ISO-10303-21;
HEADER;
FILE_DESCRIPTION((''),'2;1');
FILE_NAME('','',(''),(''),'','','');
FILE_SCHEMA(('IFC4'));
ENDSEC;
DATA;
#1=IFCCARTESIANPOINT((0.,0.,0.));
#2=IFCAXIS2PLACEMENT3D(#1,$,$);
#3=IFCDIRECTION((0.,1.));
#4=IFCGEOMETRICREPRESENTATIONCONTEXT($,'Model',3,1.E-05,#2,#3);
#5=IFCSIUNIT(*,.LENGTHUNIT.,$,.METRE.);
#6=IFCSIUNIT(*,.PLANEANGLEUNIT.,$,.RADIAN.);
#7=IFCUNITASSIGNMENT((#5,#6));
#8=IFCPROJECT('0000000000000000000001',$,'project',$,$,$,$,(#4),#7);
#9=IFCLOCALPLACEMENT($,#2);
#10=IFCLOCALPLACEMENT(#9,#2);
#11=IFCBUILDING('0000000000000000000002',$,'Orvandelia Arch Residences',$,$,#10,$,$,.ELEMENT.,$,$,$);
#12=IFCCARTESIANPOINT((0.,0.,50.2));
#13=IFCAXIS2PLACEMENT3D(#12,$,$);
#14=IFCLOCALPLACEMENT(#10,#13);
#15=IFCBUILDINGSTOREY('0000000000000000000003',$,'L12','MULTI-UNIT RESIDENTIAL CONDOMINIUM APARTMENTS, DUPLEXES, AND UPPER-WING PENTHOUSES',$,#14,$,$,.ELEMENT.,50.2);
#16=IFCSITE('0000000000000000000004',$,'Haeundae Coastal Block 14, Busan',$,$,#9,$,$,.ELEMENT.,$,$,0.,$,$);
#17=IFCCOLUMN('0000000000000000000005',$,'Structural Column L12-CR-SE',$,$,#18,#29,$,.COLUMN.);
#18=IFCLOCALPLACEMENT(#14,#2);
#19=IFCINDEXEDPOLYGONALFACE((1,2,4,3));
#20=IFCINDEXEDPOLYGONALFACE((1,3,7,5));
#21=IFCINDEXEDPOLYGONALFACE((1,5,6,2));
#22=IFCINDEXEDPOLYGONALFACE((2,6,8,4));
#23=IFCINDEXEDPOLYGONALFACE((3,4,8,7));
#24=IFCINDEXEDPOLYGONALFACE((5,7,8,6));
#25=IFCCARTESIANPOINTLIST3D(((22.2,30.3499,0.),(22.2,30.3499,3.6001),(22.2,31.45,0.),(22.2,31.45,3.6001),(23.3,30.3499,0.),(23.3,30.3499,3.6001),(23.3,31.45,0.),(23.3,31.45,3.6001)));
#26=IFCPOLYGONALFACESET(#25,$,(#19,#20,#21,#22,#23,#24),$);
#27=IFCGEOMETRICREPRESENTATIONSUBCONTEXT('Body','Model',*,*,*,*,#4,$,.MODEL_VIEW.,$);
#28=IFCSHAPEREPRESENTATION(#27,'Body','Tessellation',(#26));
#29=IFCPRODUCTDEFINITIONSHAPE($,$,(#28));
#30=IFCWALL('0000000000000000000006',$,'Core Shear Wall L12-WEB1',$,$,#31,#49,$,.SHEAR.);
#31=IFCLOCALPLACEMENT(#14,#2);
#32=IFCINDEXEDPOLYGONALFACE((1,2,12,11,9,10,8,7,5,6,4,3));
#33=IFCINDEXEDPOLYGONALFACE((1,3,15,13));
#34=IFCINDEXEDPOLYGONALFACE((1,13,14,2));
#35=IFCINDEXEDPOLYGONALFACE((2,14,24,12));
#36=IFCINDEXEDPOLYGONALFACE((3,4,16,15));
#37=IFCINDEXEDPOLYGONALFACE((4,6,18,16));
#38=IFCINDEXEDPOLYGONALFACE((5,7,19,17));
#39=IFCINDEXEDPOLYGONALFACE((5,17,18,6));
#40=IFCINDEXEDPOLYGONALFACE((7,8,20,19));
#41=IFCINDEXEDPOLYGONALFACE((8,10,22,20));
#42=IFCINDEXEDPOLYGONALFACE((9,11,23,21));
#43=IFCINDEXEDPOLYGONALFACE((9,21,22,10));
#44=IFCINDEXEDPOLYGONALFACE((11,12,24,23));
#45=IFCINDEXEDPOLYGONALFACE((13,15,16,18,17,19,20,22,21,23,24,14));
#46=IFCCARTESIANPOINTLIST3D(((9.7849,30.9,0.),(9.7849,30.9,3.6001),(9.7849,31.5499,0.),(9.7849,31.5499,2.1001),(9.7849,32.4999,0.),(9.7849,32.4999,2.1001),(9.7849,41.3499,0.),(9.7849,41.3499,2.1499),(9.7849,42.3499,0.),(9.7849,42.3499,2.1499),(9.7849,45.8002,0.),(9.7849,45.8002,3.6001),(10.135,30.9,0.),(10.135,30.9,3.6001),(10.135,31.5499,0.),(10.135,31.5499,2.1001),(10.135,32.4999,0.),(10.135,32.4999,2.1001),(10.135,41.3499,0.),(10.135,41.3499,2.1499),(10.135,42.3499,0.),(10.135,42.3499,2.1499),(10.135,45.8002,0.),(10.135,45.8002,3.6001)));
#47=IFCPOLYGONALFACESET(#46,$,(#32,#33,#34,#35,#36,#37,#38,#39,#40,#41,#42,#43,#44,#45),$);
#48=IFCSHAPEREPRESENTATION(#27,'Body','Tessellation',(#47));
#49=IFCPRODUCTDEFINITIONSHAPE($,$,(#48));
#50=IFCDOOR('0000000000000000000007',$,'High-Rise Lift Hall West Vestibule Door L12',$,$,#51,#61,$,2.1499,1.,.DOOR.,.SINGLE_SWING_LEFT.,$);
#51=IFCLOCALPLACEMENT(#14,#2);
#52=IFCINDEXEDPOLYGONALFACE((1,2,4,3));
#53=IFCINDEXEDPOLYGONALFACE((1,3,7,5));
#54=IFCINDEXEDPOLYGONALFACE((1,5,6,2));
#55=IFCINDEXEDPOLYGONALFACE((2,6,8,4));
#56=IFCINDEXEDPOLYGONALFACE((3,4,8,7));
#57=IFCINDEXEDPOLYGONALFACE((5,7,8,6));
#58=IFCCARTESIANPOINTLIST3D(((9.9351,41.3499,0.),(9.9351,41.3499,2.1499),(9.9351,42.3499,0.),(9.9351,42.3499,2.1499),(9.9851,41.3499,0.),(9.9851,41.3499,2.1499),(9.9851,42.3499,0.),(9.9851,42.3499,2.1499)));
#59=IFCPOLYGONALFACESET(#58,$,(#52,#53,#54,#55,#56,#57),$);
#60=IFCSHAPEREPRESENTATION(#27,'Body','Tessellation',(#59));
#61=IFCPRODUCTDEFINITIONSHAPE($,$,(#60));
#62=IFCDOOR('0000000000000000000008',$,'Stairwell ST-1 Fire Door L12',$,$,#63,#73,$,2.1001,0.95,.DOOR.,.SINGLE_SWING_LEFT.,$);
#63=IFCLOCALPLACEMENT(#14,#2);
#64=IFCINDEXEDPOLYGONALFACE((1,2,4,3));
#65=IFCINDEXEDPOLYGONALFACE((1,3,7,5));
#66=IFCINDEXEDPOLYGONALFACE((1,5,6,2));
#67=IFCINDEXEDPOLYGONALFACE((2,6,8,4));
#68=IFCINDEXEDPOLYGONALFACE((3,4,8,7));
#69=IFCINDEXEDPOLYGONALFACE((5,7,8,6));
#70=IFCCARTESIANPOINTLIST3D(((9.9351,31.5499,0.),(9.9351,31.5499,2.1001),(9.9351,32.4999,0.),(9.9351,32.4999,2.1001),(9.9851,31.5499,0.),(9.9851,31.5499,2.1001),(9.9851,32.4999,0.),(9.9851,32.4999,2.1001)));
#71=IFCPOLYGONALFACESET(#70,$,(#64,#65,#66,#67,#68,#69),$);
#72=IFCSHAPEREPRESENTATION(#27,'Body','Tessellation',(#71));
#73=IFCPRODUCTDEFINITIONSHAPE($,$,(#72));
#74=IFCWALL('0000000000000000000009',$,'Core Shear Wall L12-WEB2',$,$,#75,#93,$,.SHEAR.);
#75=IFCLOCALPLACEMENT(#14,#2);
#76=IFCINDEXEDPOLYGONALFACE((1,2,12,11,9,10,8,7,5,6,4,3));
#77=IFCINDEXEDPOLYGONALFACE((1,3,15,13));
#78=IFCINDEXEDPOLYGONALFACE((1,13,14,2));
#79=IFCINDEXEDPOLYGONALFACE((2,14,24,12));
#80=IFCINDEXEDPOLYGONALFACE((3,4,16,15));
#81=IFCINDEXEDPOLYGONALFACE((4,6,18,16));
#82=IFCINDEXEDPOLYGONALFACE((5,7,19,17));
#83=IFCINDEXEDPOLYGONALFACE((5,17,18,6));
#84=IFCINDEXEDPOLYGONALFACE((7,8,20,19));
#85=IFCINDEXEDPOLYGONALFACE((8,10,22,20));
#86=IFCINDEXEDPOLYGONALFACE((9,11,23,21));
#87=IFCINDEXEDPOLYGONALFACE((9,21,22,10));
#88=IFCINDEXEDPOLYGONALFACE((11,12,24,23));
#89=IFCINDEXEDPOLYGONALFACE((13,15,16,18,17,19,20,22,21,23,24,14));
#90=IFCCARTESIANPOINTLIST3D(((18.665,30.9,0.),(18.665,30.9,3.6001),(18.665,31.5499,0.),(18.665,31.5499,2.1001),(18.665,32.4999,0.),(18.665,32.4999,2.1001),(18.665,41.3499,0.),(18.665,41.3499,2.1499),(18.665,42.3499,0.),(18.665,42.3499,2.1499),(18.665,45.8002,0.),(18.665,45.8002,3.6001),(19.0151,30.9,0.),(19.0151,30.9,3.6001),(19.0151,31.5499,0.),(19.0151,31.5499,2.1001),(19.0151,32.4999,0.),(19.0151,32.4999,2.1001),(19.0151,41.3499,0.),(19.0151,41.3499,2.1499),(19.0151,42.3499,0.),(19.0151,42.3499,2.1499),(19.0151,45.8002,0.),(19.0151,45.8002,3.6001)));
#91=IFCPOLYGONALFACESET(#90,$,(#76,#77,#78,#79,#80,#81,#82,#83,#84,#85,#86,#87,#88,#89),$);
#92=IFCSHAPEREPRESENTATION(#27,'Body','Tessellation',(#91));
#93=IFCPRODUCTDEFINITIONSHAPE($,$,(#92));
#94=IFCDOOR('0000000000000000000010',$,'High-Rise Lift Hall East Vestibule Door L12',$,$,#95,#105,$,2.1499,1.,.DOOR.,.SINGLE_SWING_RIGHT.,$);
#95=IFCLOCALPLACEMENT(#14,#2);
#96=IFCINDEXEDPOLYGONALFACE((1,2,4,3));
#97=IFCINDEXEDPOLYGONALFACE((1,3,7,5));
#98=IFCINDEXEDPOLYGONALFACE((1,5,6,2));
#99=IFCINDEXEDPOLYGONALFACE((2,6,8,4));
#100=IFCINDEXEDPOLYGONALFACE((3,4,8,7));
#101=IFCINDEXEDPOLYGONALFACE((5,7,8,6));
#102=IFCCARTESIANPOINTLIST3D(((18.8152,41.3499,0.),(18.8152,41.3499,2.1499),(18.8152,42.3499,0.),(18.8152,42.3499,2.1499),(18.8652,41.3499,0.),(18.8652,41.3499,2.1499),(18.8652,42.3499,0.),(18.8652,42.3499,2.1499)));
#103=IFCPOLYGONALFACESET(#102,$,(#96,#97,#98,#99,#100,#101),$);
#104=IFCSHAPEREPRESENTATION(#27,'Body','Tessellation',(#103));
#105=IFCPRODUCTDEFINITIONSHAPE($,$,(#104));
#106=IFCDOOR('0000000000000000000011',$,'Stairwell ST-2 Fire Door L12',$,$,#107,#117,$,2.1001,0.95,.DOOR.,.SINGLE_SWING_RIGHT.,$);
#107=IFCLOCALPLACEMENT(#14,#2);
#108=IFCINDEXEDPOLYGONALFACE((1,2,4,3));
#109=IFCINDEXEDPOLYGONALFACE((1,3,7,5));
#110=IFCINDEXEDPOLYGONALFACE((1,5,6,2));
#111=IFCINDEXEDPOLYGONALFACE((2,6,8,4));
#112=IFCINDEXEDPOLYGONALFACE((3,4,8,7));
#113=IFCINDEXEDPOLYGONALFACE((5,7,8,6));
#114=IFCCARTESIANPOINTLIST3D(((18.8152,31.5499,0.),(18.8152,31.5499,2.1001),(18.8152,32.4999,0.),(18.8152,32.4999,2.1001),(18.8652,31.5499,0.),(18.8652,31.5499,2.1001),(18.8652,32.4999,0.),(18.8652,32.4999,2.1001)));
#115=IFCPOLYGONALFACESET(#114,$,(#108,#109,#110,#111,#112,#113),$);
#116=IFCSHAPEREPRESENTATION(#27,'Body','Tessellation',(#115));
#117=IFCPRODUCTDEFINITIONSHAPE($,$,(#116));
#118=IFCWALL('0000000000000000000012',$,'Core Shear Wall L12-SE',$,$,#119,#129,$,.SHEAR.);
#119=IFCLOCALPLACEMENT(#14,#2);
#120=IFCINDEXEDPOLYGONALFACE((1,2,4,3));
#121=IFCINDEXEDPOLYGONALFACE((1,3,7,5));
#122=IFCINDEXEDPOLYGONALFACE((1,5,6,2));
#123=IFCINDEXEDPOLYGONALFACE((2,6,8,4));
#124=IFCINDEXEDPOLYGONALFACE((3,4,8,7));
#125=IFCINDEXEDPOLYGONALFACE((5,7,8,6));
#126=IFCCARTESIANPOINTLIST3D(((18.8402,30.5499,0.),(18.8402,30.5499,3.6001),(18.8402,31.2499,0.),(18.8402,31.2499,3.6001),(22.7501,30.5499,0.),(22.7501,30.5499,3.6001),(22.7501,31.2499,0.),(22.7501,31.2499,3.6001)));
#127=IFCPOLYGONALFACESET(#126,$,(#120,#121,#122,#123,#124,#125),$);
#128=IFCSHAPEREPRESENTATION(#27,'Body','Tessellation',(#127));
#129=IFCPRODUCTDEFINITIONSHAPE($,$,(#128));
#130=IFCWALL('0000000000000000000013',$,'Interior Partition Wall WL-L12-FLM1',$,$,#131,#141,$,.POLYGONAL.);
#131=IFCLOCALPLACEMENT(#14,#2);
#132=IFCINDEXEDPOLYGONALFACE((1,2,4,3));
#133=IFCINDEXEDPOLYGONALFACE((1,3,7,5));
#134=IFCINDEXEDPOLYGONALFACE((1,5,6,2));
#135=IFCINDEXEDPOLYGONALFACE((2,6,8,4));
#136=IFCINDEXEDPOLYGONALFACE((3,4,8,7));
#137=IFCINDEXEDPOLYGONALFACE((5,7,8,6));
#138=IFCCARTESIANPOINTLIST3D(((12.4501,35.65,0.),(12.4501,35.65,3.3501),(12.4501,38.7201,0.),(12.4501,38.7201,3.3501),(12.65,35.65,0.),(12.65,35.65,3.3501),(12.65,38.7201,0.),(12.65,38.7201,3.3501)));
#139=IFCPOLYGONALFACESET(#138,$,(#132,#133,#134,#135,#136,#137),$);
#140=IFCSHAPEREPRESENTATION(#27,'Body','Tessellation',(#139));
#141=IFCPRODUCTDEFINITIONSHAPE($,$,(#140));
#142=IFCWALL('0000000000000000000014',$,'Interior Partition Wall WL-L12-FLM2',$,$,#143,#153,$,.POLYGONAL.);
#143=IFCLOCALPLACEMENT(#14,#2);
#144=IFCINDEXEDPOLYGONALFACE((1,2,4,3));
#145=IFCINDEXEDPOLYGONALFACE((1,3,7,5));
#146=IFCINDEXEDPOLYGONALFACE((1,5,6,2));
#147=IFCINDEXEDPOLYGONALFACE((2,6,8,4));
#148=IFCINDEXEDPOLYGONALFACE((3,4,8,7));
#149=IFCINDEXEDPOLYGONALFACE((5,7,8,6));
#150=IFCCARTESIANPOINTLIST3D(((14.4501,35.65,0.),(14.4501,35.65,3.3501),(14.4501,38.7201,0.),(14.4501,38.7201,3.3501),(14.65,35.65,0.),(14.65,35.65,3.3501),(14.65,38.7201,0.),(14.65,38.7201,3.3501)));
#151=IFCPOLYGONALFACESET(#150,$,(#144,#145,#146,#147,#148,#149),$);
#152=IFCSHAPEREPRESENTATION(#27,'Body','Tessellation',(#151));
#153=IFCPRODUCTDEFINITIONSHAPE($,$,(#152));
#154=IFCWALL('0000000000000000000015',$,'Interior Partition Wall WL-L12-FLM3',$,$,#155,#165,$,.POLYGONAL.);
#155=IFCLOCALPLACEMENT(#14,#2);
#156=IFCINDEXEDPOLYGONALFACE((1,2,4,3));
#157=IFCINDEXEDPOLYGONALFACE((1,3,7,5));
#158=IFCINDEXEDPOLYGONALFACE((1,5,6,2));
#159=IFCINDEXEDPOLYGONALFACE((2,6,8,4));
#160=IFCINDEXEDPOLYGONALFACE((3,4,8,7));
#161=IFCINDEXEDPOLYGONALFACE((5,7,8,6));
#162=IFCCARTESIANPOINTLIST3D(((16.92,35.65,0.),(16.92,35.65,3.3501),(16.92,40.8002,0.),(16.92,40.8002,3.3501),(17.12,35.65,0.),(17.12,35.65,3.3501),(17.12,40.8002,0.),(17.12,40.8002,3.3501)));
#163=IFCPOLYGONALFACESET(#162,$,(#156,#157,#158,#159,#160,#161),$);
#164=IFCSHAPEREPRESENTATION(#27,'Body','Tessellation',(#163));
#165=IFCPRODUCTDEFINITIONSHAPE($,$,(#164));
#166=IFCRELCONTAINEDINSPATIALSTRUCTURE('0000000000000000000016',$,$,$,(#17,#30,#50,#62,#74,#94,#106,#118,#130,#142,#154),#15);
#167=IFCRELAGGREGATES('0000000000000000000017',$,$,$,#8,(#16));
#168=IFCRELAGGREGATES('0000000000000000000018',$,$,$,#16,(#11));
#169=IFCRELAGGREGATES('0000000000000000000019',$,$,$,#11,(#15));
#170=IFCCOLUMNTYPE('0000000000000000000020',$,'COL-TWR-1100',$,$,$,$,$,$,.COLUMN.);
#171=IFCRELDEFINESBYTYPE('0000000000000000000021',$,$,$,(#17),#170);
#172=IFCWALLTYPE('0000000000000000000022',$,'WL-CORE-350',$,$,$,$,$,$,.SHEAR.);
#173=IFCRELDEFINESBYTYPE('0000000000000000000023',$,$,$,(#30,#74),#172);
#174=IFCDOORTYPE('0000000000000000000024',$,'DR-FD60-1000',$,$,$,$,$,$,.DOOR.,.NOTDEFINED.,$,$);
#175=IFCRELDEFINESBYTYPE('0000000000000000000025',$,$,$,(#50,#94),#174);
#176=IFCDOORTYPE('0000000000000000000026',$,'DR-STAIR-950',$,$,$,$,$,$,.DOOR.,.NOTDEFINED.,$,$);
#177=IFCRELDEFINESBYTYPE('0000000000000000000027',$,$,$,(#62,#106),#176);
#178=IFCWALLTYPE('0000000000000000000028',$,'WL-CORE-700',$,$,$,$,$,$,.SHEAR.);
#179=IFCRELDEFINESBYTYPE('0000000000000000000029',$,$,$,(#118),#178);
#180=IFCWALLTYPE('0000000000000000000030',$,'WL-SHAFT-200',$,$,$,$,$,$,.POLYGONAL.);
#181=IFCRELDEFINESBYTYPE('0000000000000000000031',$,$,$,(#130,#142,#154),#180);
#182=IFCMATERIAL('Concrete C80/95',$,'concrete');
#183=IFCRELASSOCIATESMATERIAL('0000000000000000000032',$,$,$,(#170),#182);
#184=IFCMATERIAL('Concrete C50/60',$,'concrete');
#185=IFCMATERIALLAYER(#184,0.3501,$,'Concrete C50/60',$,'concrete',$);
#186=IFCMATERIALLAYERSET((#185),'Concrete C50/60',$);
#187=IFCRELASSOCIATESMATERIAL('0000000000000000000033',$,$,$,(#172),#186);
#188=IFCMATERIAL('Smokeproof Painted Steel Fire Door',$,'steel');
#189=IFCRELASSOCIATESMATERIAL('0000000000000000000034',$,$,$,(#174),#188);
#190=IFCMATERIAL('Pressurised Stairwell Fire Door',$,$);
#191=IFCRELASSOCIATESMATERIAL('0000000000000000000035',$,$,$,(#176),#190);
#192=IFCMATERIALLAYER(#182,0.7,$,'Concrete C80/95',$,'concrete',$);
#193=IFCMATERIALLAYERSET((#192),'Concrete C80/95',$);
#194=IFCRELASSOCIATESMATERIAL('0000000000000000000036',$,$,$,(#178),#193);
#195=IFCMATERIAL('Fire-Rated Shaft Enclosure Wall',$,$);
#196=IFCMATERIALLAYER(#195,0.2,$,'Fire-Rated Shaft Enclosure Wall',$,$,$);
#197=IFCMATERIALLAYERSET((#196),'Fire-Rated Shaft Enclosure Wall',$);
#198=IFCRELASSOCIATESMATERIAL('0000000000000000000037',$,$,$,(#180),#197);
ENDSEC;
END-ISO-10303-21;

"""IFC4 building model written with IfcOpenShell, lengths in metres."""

from ifc_helpers import new_model, si_unit, direction, frame, frame_2d, origin, origin_2d, place, context, subcontext, project, spatial, rectangle, extrude, material, layer, layer_set, material_profile, profile_set, type_object, element, fill, save


model = new_model("IFC4")

# Units and contexts
model_context = context("Model", 3, precision=1e-05, world=origin(), true_north=direction((0.0, 1.0)))
body_context = subcontext(model_context, "Body", "Model", "MODEL_VIEW")
ifc_project = project(units=[si_unit("LENGTHUNIT", "METRE"), si_unit("PLANEANGLEUNIT", "RADIAN")], contexts=[model_context])

# Site, building, storey
site_placement = place(None, origin())
site = spatial("IfcSite", under=ifc_project, at=site_placement, Name="Haeundae Coastal Block 14, Busan", CompositionType="ELEMENT", RefElevation=0.0)
building_placement = place(site_placement, origin())
building = spatial("IfcBuilding", under=site, at=building_placement, Name="Orvandelia Arch Residences", CompositionType="ELEMENT")
storey_placement = place(building_placement, frame((0.0, 0.0, 50.2)))
storey = spatial("IfcBuildingStorey", under=building, at=storey_placement, Name="L12", Description="MULTI-UNIT RESIDENTIAL CONDOMINIUM APARTMENTS, DUPLEXES, AND UPPER-WING PENTHOUSES", CompositionType="ELEMENT", Elevation=50.2)

# Column
ifc_material_1 = material(Name="Concrete C80/95", Category="concrete")
ifc_material_profile = material_profile(ifc_material_1, rectangle(XDim=1.1001, YDim=1.1001, at=origin_2d()), Name="Concrete C80/95", Category="concrete")
ifc_profile_set = profile_set([ifc_material_profile], Name="Concrete C80/95")
column_type = type_object("IfcColumnType", Name="COL-TWR-1100", PredefinedType="COLUMN", material=ifc_profile_set)
column_placement = place(storey_placement, frame((22.75, 30.8999, 0.0), z_axis=(0.0, 0.0, 1.0), x_axis=(1.0, 0.0, 0.0)))
element("IfcColumn", 1, at=column_placement, inside=storey, type_object=column_type, Name="Structural Column L12-CR-SE", PredefinedType="COLUMN", context=body_context, shape_type="SweptSolid", body=[
    extrude(rectangle(XDim=1.1001, YDim=1.1001, at=origin_2d()), origin(), (0.0, 0.0, 1.0), 3.6001),
])

# Walls, openings, doors
ifc_material_2 = material(Name="Concrete C50/60", Category="concrete")
ifc_layer_1 = layer(ifc_material_2, 0.3501, Name="Concrete C50/60", Category="concrete")
ifc_layer_set_1 = layer_set([ifc_layer_1], Name="Concrete C50/60")
wall_type_1 = type_object("IfcWallType", Name="WL-CORE-350", PredefinedType="SHEAR", material=ifc_layer_set_1)
wall_1_placement = place(storey_placement, frame((9.96, 30.8999, 0.0), z_axis=(0.0, 0.0, 1.0), x_axis=(0.0, 1.0, 0.0)))
wall_1 = element("IfcWall", 2, at=wall_1_placement, inside=storey, type_object=wall_type_1, Name="Core Shear Wall L12-WEB1", PredefinedType="SHEAR", context=body_context, shape_type="SweptSolid", body=[
    extrude(rectangle(XDim=14.9001, YDim=0.3501, at=frame_2d((7.4502, 0.0))), origin(), (0.0, 0.0, 1.0), 3.6001),
])
opening_1_placement = place(wall_1_placement, frame((0.6499, 0.0, 0.0)))
opening_1 = element("IfcOpeningElement", 3, at=opening_1_placement, cuts=wall_1, PredefinedType="OPENING", context=body_context, shape_type="SweptSolid", body=[
    extrude(rectangle(XDim=0.95, YDim=2.1001, at=frame_2d((0.4751, 1.05))), frame((0.0, 0.1851, 0.0), z_axis=(0.0, -1.0, 0.0), x_axis=(1.0, 0.0, 0.0)), (0.0, 0.0, 1.0), 0.3701),
])
opening_2_placement = place(wall_1_placement, frame((10.45, 0.0, 0.0)))
opening_2 = element("IfcOpeningElement", 4, at=opening_2_placement, cuts=wall_1, PredefinedType="OPENING", context=body_context, shape_type="SweptSolid", body=[
    extrude(rectangle(XDim=1.0, YDim=2.1499, at=frame_2d((0.5, 1.075))), frame((0.0, 0.1851, 0.0), z_axis=(0.0, -1.0, 0.0), x_axis=(1.0, 0.0, 0.0)), (0.0, 0.0, 1.0), 0.3701),
])
ifc_material_3 = material(Name="Smokeproof Painted Steel Fire Door", Category="steel")
door_type_1 = type_object("IfcDoorType", Name="DR-FD60-1000", OperationType="NOTDEFINED", PredefinedType="DOOR", material=ifc_material_3)
door_1_placement = place(opening_2_placement, origin())
door_1 = element("IfcDoor", 5, at=door_1_placement, inside=storey, type_object=door_type_1, Name="High-Rise Lift Hall West Vestibule Door L12", OperationType="SINGLE_SWING_LEFT", OverallHeight=2.1499, OverallWidth=1.0, PredefinedType="DOOR", context=body_context, shape_type="SweptSolid", body=[
    extrude(rectangle(XDim=1.0, YDim=2.1499, at=frame_2d((0.5, 1.075))), frame((0.0, 0.0249, 0.0), z_axis=(0.0, -1.0, 0.0), x_axis=(1.0, 0.0, 0.0)), (0.0, 0.0, 1.0), 0.05),
])
fill(opening_2, door_1)
ifc_material_4 = material(Name="Pressurised Stairwell Fire Door")
door_type_2 = type_object("IfcDoorType", Name="DR-STAIR-950", OperationType="NOTDEFINED", PredefinedType="DOOR", material=ifc_material_4)
door_2_placement = place(opening_1_placement, origin())
door_2 = element("IfcDoor", 6, at=door_2_placement, inside=storey, type_object=door_type_2, Name="Stairwell ST-1 Fire Door L12", OperationType="SINGLE_SWING_LEFT", OverallHeight=2.1001, OverallWidth=0.95, PredefinedType="DOOR", context=body_context, shape_type="SweptSolid", body=[
    extrude(rectangle(XDim=0.95, YDim=2.1001, at=frame_2d((0.4751, 1.05))), frame((0.0, 0.0249, 0.0), z_axis=(0.0, -1.0, 0.0), x_axis=(1.0, 0.0, 0.0)), (0.0, 0.0, 1.0), 0.05),
])
fill(opening_1, door_2)
wall_2_placement = place(storey_placement, frame((18.8401, 30.8999, 0.0), z_axis=(0.0, 0.0, 1.0), x_axis=(0.0, 1.0, 0.0)))
wall_2 = element("IfcWall", 7, at=wall_2_placement, inside=storey, type_object=wall_type_1, Name="Core Shear Wall L12-WEB2", PredefinedType="SHEAR", context=body_context, shape_type="SweptSolid", body=[
    extrude(rectangle(XDim=14.9001, YDim=0.3501, at=frame_2d((7.4502, 0.0))), origin(), (0.0, 0.0, 1.0), 3.6001),
])
opening_3_placement = place(wall_2_placement, frame((0.6499, 0.0, 0.0)))
opening_3 = element("IfcOpeningElement", 8, at=opening_3_placement, cuts=wall_2, PredefinedType="OPENING", context=body_context, shape_type="SweptSolid", body=[
    extrude(rectangle(XDim=0.95, YDim=2.1001, at=frame_2d((0.4751, 1.05))), frame((0.0, 0.1851, 0.0), z_axis=(0.0, -1.0, 0.0), x_axis=(1.0, 0.0, 0.0)), (0.0, 0.0, 1.0), 0.3701),
])
opening_4_placement = place(wall_2_placement, frame((10.45, 0.0, 0.0)))
opening_4 = element("IfcOpeningElement", 9, at=opening_4_placement, cuts=wall_2, PredefinedType="OPENING", context=body_context, shape_type="SweptSolid", body=[
    extrude(rectangle(XDim=1.0, YDim=2.1499, at=frame_2d((0.5, 1.075))), frame((0.0, 0.1851, 0.0), z_axis=(0.0, -1.0, 0.0), x_axis=(1.0, 0.0, 0.0)), (0.0, 0.0, 1.0), 0.3701),
])
door_3_placement = place(opening_4_placement, origin())
door_3 = element("IfcDoor", 10, at=door_3_placement, inside=storey, type_object=door_type_1, Name="High-Rise Lift Hall East Vestibule Door L12", OperationType="SINGLE_SWING_RIGHT", OverallHeight=2.1499, OverallWidth=1.0, PredefinedType="DOOR", context=body_context, shape_type="SweptSolid", body=[
    extrude(rectangle(XDim=1.0, YDim=2.1499, at=frame_2d((0.5, 1.075))), frame((0.0, 0.0249, 0.0), z_axis=(0.0, -1.0, 0.0), x_axis=(1.0, 0.0, 0.0)), (0.0, 0.0, 1.0), 0.05),
])
fill(opening_4, door_3)
door_4_placement = place(opening_3_placement, origin())
door_4 = element("IfcDoor", 11, at=door_4_placement, inside=storey, type_object=door_type_2, Name="Stairwell ST-2 Fire Door L12", OperationType="SINGLE_SWING_RIGHT", OverallHeight=2.1001, OverallWidth=0.95, PredefinedType="DOOR", context=body_context, shape_type="SweptSolid", body=[
    extrude(rectangle(XDim=0.95, YDim=2.1001, at=frame_2d((0.4751, 1.05))), frame((0.0, 0.0249, 0.0), z_axis=(0.0, -1.0, 0.0), x_axis=(1.0, 0.0, 0.0)), (0.0, 0.0, 1.0), 0.05),
])
fill(opening_3, door_4)

# Shared definitions
ifc_layer_2 = layer(ifc_material_1, 0.7, Name="Concrete C80/95", Category="concrete")
ifc_layer_set_2 = layer_set([ifc_layer_2], Name="Concrete C80/95")
wall_type_2 = type_object("IfcWallType", Name="WL-CORE-700", PredefinedType="SHEAR", material=ifc_layer_set_2)

# Walls
wall_3_placement = place(storey_placement, frame((18.8401, 30.8999, 0.0), z_axis=(0.0, 0.0, 1.0), x_axis=(1.0, 0.0, 0.0)))
element("IfcWall", 12, at=wall_3_placement, inside=storey, type_object=wall_type_2, Name="Core Shear Wall L12-SE", PredefinedType="SHEAR", context=body_context, shape_type="SweptSolid", body=[
    extrude(rectangle(XDim=3.9099, YDim=0.7, at=frame_2d((1.9551, 0.0))), origin(), (0.0, 0.0, 1.0), 3.6001),
])
ifc_material_5 = material(Name="Fire-Rated Shaft Enclosure Wall")
ifc_layer_3 = layer(ifc_material_5, 0.2, Name="Fire-Rated Shaft Enclosure Wall")
ifc_layer_set_3 = layer_set([ifc_layer_3], Name="Fire-Rated Shaft Enclosure Wall")
wall_type_3 = type_object("IfcWallType", Name="WL-SHAFT-200", PredefinedType="POLYGONAL", material=ifc_layer_set_3)
for number, where, z_axis, x_axis, name in (
    (13, (12.55, 35.6499, 0.0), (0.0, 0.0, 1.0), (0.0, 1.0, 0.0), "Interior Partition Wall WL-L12-FLM1"),
    (14, (14.55, 35.6499, 0.0), (0.0, 0.0, 1.0), (0.0, 1.0, 0.0), "Interior Partition Wall WL-L12-FLM2"),
):
    element("IfcWall", number, at=place(storey_placement, frame(where, z_axis=z_axis, x_axis=x_axis)), inside=storey, type_object=wall_type_3, Name=name, PredefinedType="POLYGONAL", context=body_context, shape_type="SweptSolid", body=[
        extrude(rectangle(XDim=3.0701, YDim=0.2, at=frame_2d((1.5352, 0.0))), origin(), (0.0, 0.0, 1.0), 3.3501),
    ])
wall_4_placement = place(storey_placement, frame((17.02, 35.6499, 0.0), z_axis=(0.0, 0.0, 1.0), x_axis=(0.0, 1.0, 0.0)))
element("IfcWall", 15, at=wall_4_placement, inside=storey, type_object=wall_type_3, Name="Interior Partition Wall WL-L12-FLM3", PredefinedType="POLYGONAL", context=body_context, shape_type="SweptSolid", body=[
    extrude(rectangle(XDim=5.1501, YDim=0.2, at=frame_2d((2.5752, 0.0))), origin(), (0.0, 0.0, 1.0), 3.3501),
])

save(model, "model.ifc")
